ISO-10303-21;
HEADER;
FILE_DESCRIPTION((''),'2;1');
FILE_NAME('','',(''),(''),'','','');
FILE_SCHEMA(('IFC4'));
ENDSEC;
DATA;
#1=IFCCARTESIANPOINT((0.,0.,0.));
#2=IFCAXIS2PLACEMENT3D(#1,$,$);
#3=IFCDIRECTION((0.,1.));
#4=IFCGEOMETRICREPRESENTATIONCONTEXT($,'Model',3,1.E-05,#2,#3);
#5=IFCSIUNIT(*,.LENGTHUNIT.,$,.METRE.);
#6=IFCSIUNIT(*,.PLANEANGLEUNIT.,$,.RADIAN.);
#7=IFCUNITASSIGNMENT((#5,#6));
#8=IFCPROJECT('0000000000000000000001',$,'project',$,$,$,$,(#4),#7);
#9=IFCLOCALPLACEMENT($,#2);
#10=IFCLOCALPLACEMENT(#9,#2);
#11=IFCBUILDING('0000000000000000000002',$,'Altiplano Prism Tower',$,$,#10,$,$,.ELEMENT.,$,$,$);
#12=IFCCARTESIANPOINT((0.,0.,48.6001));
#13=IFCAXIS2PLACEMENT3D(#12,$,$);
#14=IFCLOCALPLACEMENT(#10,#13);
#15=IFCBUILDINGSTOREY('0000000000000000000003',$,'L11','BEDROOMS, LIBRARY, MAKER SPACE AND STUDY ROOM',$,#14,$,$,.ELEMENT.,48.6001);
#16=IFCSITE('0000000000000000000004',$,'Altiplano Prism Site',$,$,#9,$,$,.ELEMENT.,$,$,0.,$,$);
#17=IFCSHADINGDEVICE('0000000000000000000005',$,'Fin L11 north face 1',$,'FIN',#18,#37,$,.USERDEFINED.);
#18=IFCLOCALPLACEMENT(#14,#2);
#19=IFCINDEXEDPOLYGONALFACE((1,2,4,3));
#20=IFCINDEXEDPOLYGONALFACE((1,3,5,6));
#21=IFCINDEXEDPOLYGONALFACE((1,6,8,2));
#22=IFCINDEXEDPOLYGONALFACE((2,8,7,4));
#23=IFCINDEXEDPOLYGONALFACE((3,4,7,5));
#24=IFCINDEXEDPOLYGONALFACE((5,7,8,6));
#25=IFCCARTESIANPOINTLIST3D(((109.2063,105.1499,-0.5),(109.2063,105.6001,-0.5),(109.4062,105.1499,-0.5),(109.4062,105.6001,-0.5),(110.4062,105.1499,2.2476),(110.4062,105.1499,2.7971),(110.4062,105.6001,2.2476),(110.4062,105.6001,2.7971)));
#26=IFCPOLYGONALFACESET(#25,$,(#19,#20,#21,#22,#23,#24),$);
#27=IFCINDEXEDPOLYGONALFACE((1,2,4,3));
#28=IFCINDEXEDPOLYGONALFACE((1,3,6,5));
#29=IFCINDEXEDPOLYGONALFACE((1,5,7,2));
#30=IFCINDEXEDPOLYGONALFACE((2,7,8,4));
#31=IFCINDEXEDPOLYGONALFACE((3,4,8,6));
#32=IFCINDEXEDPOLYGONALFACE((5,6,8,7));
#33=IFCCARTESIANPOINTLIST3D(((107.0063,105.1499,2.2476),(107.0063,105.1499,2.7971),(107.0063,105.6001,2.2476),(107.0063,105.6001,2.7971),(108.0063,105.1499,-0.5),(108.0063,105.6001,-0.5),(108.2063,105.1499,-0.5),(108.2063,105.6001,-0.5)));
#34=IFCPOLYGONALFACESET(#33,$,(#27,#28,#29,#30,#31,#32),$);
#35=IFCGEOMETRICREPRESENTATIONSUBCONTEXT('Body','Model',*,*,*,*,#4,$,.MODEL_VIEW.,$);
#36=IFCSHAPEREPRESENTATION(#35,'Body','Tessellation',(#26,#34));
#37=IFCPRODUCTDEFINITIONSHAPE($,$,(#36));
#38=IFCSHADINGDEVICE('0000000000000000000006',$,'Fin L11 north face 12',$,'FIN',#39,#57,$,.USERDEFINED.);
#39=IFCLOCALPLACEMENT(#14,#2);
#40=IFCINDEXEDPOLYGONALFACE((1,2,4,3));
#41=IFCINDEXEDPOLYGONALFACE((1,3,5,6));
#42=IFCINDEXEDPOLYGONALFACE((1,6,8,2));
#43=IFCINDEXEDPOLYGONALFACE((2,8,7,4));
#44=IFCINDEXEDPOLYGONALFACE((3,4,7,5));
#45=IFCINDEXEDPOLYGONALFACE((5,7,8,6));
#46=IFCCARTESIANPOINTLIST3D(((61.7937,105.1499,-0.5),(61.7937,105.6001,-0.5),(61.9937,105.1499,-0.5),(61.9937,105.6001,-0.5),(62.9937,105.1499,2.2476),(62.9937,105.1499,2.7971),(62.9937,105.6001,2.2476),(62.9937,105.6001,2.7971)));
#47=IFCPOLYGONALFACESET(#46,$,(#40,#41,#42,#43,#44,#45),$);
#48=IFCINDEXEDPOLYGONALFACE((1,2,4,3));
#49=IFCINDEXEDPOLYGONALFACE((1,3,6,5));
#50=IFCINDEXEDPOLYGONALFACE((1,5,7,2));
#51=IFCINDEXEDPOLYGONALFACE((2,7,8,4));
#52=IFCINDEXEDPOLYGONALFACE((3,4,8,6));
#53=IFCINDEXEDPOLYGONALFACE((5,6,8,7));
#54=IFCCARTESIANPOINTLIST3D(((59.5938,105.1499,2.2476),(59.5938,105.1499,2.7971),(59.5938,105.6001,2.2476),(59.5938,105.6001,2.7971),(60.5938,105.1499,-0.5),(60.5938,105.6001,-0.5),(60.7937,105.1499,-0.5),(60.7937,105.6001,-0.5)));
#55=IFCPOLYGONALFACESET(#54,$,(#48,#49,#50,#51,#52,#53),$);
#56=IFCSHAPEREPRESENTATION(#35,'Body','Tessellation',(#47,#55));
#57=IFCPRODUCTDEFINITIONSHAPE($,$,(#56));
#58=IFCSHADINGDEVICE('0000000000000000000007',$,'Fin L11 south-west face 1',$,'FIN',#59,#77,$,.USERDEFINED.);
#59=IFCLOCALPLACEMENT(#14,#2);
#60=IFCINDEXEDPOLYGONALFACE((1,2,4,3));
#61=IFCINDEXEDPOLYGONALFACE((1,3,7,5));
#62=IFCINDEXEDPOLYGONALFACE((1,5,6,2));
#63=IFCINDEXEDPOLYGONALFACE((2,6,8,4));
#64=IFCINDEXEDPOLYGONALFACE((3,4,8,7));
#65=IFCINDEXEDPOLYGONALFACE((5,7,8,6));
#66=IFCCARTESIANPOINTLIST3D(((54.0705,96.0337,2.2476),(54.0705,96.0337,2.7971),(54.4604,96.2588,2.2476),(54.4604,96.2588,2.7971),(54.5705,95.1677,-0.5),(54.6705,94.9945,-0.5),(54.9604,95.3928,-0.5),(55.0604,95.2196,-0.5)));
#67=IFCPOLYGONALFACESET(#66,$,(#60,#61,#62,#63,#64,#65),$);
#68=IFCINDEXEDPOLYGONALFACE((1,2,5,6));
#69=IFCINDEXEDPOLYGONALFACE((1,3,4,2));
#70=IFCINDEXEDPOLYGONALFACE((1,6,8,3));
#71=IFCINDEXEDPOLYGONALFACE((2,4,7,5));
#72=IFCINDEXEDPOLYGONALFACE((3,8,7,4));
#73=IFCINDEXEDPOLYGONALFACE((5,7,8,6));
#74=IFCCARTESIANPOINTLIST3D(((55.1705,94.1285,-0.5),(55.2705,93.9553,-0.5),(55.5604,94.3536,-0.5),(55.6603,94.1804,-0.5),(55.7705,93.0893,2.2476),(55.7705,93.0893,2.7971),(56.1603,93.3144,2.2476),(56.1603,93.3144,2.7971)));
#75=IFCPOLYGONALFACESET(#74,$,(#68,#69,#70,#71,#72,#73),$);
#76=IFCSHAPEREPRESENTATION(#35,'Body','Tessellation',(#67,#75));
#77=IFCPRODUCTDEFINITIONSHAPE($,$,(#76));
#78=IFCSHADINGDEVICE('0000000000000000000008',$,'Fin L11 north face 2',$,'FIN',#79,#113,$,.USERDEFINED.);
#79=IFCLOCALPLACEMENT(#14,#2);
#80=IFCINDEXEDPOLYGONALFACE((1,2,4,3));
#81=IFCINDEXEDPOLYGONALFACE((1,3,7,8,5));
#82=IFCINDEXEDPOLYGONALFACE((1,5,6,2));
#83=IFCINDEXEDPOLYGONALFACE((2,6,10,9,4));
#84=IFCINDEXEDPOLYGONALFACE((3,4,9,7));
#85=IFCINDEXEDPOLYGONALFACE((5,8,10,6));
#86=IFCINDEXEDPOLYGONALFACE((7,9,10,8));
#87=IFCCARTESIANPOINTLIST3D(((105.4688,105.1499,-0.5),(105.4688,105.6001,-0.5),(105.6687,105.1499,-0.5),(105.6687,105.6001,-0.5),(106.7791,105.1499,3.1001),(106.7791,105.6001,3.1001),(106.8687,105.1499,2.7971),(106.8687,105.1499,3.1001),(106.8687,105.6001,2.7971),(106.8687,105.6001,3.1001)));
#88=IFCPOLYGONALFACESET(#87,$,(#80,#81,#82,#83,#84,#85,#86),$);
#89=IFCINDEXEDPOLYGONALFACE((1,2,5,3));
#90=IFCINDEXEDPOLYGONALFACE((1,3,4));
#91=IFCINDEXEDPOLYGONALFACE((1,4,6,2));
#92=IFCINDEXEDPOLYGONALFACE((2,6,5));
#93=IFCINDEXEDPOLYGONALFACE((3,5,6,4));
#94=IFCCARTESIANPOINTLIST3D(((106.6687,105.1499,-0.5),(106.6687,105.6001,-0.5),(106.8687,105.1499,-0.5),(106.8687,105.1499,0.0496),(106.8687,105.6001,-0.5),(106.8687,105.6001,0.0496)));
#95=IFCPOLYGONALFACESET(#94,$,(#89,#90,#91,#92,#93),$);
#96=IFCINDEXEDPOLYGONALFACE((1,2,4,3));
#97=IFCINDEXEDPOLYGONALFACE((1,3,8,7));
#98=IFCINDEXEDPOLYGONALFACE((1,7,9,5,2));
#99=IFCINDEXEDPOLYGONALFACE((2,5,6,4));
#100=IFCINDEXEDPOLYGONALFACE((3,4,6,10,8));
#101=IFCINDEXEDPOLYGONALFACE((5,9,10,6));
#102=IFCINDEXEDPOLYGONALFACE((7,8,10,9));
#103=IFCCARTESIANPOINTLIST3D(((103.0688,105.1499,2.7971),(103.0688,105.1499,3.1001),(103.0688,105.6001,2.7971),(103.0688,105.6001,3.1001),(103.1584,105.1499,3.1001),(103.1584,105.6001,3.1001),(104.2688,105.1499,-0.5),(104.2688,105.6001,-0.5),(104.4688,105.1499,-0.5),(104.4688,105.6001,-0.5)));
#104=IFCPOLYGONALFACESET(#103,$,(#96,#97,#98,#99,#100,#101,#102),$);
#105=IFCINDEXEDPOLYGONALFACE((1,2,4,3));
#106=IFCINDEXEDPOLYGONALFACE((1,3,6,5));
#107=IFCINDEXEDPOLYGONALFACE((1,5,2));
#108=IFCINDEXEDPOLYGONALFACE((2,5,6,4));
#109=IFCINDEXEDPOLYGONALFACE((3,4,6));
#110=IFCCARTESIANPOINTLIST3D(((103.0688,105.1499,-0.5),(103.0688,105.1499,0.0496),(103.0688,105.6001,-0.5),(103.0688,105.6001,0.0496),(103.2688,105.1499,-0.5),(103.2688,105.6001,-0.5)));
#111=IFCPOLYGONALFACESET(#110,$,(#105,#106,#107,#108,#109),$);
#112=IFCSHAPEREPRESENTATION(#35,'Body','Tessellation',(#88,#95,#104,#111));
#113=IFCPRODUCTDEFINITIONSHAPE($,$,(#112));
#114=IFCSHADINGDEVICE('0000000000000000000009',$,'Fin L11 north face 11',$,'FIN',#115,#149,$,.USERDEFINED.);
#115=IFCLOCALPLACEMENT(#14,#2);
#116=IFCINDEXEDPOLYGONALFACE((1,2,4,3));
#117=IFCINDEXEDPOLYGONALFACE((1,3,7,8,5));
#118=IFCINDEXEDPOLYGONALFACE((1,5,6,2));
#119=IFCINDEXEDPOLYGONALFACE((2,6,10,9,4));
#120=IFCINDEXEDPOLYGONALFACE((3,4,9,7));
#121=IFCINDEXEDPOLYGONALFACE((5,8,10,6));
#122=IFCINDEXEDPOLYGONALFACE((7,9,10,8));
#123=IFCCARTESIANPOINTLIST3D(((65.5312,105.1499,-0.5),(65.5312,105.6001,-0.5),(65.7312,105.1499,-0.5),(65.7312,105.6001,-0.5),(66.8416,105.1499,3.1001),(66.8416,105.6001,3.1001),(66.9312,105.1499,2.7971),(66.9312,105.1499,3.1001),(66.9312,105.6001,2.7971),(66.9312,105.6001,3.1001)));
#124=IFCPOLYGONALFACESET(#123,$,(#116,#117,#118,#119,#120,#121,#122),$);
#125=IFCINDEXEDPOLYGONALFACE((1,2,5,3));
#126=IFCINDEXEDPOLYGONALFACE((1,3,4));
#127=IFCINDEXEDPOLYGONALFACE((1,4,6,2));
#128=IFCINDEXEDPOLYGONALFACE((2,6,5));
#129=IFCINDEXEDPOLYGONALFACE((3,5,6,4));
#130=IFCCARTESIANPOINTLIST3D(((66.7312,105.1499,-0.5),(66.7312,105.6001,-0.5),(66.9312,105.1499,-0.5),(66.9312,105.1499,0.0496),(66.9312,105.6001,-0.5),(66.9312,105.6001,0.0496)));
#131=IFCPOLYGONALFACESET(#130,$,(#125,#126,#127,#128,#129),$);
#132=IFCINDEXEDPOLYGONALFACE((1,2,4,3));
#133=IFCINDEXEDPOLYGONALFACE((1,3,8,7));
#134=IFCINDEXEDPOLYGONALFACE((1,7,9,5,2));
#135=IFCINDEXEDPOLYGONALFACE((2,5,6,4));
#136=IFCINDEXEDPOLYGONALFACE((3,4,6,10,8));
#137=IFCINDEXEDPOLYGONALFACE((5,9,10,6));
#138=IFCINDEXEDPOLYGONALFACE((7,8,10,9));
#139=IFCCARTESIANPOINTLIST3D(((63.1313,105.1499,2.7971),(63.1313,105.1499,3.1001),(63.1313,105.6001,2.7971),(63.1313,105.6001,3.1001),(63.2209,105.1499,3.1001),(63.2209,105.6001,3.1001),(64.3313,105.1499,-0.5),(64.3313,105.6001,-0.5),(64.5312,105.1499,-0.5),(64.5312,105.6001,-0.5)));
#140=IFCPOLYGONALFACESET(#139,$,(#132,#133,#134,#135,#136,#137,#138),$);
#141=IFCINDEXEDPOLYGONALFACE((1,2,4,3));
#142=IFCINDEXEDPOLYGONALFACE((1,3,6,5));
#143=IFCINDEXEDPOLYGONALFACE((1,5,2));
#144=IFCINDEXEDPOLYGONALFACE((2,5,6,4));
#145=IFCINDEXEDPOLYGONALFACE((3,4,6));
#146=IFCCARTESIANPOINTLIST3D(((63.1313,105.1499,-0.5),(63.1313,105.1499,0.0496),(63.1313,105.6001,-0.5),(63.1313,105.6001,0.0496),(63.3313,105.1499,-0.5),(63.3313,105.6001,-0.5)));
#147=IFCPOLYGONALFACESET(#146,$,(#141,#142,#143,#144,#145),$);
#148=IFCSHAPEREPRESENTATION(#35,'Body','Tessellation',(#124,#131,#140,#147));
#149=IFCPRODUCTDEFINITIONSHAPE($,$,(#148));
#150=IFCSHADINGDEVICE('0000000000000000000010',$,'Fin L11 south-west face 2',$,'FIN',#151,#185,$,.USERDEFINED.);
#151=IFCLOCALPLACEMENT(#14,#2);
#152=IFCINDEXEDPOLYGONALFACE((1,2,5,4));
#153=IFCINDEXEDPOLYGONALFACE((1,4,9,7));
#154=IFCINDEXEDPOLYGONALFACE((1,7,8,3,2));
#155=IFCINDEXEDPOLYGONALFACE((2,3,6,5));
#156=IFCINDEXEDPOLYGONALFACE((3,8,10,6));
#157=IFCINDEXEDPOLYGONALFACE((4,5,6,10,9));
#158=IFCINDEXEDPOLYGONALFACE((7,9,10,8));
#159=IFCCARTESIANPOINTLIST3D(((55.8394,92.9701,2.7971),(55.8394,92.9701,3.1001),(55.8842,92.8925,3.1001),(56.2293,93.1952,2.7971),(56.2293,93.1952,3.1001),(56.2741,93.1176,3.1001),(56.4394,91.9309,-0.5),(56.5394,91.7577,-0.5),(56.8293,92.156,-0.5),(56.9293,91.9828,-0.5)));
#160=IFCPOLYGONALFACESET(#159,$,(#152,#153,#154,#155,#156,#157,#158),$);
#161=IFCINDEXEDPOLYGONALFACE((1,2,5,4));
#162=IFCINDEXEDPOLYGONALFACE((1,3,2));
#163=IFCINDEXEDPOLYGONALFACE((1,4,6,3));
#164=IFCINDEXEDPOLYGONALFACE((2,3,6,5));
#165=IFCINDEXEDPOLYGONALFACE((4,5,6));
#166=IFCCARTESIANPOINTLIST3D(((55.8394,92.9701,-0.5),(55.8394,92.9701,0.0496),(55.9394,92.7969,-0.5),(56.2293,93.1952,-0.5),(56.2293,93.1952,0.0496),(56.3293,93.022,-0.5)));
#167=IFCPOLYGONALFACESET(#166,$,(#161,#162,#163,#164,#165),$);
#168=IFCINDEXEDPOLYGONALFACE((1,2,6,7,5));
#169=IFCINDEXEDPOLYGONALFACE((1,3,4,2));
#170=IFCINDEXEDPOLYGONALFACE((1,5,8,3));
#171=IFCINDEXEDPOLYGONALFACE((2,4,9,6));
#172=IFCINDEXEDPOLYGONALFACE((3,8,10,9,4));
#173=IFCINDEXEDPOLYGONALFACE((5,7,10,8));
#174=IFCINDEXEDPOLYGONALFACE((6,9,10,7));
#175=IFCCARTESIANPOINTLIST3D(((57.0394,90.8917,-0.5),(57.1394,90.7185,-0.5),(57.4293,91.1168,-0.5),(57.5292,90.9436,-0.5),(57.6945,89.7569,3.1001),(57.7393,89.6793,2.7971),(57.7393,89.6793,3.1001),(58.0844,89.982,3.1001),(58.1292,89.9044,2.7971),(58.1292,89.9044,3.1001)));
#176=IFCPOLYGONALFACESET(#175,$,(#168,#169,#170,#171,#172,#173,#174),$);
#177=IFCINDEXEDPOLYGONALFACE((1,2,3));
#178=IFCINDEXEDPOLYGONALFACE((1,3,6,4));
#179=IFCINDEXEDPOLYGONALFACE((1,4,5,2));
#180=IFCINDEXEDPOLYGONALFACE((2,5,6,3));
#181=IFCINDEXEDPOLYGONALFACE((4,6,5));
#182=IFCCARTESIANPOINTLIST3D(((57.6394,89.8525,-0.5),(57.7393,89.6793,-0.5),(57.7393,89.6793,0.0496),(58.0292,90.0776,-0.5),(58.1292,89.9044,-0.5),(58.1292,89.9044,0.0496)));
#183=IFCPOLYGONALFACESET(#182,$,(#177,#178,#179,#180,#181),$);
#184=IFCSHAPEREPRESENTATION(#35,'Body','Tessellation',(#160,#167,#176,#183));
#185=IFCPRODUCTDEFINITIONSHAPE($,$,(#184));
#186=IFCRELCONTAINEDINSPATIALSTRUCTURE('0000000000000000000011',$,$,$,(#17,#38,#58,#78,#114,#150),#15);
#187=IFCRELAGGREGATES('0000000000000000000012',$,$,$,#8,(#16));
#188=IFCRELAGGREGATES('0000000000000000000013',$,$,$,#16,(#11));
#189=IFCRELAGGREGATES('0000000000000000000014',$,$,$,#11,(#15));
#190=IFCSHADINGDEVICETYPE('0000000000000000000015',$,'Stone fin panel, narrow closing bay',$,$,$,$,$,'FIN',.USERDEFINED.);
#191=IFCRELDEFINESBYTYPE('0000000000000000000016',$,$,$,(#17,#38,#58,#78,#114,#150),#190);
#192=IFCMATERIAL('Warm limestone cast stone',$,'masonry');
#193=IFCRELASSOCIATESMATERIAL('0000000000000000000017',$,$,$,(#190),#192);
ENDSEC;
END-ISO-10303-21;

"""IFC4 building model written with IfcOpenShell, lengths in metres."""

from ifc_helpers import new_model, si_unit, direction, frame, origin, place, context, subcontext, project, spatial, polyline, outline, extrude, source, transform, mapped, material, type_object, element, save


model = new_model("IFC4")

# Units and contexts
model_context = context("Model", 3, precision=1e-05, world=origin(), true_north=direction((0.0, 1.0)))
body_context = subcontext(model_context, "Body", "Model", "MODEL_VIEW")
ifc_project = project(units=[si_unit("LENGTHUNIT", "METRE"), si_unit("PLANEANGLEUNIT", "RADIAN")], contexts=[model_context])

# Site, building, storey
site_placement = place(None, origin())
site = spatial("IfcSite", under=ifc_project, at=site_placement, Name="Altiplano Prism Site", CompositionType="ELEMENT", RefElevation=0.0)
building_placement = place(site_placement, origin())
building = spatial("IfcBuilding", under=site, at=building_placement, Name="Altiplano Prism Tower", CompositionType="ELEMENT")
storey_placement = place(building_placement, frame((0.0, 0.0, 48.6001)))
storey = spatial("IfcBuildingStorey", under=building, at=storey_placement, Name="L11", Description="BEDROOMS, LIBRARY, MAKER SPACE AND STUDY ROOM", CompositionType="ELEMENT", Elevation=48.6001)

# Shading devices
ifc_material_1 = material(Name="Warm limestone cast stone", Category="masonry")
shading_device_type_1 = type_object("IfcShadingDeviceType", Name="Stone fin panel, narrow closing bay", ElementType="FIN", PredefinedType="USERDEFINED", material=ifc_material_1)
shared_shape_1 = source(origin(), body_context, "Body", "SweptSolid", [
    extrude(outline(polyline([(-1.7, 3.2971), (-1.7, 2.7476), (-0.7, 0.0), (-0.5, 0.0), (-1.7, 3.2971)])), frame((0.0, -0.1499, 0.0), z_axis=(0.0, -1.0, 0.0), x_axis=(1.0, 0.0, 0.0)), (0.0, 0.0, 1.0), 0.4502),
    extrude(outline(polyline([(1.7, 2.7476), (1.7, 3.2971), (0.5, 0.0), (0.7, 0.0), (1.7, 2.7476)])), frame((0.0, -0.1499, 0.0), z_axis=(0.0, -1.0, 0.0), x_axis=(1.0, 0.0, 0.0)), (0.0, 0.0, 1.0), 0.4502),
])
shading_device_1_placement = place(storey_placement, origin())
element("IfcShadingDevice", 1, at=shading_device_1_placement, inside=storey, type_object=shading_device_type_1, Name="Fin L11 north face 1", ObjectType="FIN", PredefinedType="USERDEFINED", context=body_context, shape_type="MappedRepresentation", body=[
    mapped(shared_shape_1, transform((108.7063, 105.0, -0.5), x_axis=(-1.0, 0.0, 0.0), y_axis=(0.0, -1.0, 0.0), z_axis=(0.0, 0.0, 1.0))),
])
shading_device_2_placement = place(storey_placement, origin())
element("IfcShadingDevice", 2, at=shading_device_2_placement, inside=storey, type_object=shading_device_type_1, Name="Fin L11 north face 12", ObjectType="FIN", PredefinedType="USERDEFINED", context=body_context, shape_type="MappedRepresentation", body=[
    mapped(shared_shape_1, transform((61.2937, 105.0, -0.5), x_axis=(-1.0, 0.0, 0.0), y_axis=(0.0, -1.0, 0.0), z_axis=(0.0, 0.0, 1.0))),
])
shading_device_3_placement = place(storey_placement, origin())
element("IfcShadingDevice", 3, at=shading_device_3_placement, inside=storey, type_object=shading_device_type_1, Name="Fin L11 south-west face 1", ObjectType="FIN", PredefinedType="USERDEFINED", context=body_context, shape_type="MappedRepresentation", body=[
    mapped(shared_shape_1, transform((55.4402, 94.8616, -0.5), x_axis=(0.5, -0.866025, 0.0), y_axis=(0.866025, 0.5, 0.0), z_axis=(0.0, 0.0, 1.0))),
])
shared_shape_2 = source(origin(), body_context, "Body", "SweptSolid", [
    extrude(outline(polyline([(-1.8999, 3.6001), (-1.8999, 3.2971), (-0.7, 0.0), (-0.5, 0.0), (-1.8103, 3.6001), (-1.8999, 3.6001)])), frame((0.0, -0.1499, 0.0), z_axis=(0.0, -1.0, 0.0), x_axis=(1.0, 0.0, 0.0)), (0.0, 0.0, 1.0), 0.4502),
    extrude(outline(polyline([(-1.8999, 0.5496), (-1.8999, 0.0), (-1.7, 0.0), (-1.8999, 0.5496)])), frame((0.0, -0.1499, 0.0), z_axis=(0.0, -1.0, 0.0), x_axis=(1.0, 0.0, 0.0)), (0.0, 0.0, 1.0), 0.4502),
    extrude(outline(polyline([(1.8103, 3.6001), (0.5, 0.0), (0.7, 0.0), (1.8999, 3.2971), (1.8999, 3.6001), (1.8103, 3.6001)])), frame((0.0, -0.1499, 0.0), z_axis=(0.0, -1.0, 0.0), x_axis=(1.0, 0.0, 0.0)), (0.0, 0.0, 1.0), 0.4502),
    extrude(outline(polyline([(1.8999, 0.0), (1.8999, 0.5496), (1.7, 0.0), (1.8999, 0.0)])), frame((0.0, -0.1499, 0.0), z_axis=(0.0, -1.0, 0.0), x_axis=(1.0, 0.0, 0.0)), (0.0, 0.0, 1.0), 0.4502),
])
shading_device_4_placement = place(storey_placement, origin())
element("IfcShadingDevice", 4, at=shading_device_4_placement, inside=storey, type_object=shading_device_type_1, Name="Fin L11 north face 2", ObjectType="FIN", PredefinedType="USERDEFINED", context=body_context, shape_type="MappedRepresentation", body=[
    mapped(shared_shape_2, transform((104.9688, 105.0, -0.5), x_axis=(-1.0, 0.0, 0.0), y_axis=(0.0, -1.0, 0.0), z_axis=(0.0, 0.0, 1.0))),
])
shading_device_5_placement = place(storey_placement, origin())
element("IfcShadingDevice", 5, at=shading_device_5_placement, inside=storey, type_object=shading_device_type_1, Name="Fin L11 north face 11", ObjectType="FIN", PredefinedType="USERDEFINED", context=body_context, shape_type="MappedRepresentation", body=[
    mapped(shared_shape_2, transform((65.0312, 105.0, -0.5), x_axis=(-1.0, 0.0, 0.0), y_axis=(0.0, -1.0, 0.0), z_axis=(0.0, 0.0, 1.0))),
])
shading_device_6_placement = place(storey_placement, origin())
element("IfcShadingDevice", 6, at=shading_device_6_placement, inside=storey, type_object=shading_device_type_1, Name="Fin L11 south-west face 2", ObjectType="FIN", PredefinedType="USERDEFINED", context=body_context, shape_type="MappedRepresentation", body=[
    mapped(shared_shape_2, transform((57.3091, 91.6248, -0.5), x_axis=(0.5, -0.866025, 0.0), y_axis=(0.866025, 0.5, 0.0), z_axis=(0.0, 0.0, 1.0))),
])

save(model, "model.ifc")
